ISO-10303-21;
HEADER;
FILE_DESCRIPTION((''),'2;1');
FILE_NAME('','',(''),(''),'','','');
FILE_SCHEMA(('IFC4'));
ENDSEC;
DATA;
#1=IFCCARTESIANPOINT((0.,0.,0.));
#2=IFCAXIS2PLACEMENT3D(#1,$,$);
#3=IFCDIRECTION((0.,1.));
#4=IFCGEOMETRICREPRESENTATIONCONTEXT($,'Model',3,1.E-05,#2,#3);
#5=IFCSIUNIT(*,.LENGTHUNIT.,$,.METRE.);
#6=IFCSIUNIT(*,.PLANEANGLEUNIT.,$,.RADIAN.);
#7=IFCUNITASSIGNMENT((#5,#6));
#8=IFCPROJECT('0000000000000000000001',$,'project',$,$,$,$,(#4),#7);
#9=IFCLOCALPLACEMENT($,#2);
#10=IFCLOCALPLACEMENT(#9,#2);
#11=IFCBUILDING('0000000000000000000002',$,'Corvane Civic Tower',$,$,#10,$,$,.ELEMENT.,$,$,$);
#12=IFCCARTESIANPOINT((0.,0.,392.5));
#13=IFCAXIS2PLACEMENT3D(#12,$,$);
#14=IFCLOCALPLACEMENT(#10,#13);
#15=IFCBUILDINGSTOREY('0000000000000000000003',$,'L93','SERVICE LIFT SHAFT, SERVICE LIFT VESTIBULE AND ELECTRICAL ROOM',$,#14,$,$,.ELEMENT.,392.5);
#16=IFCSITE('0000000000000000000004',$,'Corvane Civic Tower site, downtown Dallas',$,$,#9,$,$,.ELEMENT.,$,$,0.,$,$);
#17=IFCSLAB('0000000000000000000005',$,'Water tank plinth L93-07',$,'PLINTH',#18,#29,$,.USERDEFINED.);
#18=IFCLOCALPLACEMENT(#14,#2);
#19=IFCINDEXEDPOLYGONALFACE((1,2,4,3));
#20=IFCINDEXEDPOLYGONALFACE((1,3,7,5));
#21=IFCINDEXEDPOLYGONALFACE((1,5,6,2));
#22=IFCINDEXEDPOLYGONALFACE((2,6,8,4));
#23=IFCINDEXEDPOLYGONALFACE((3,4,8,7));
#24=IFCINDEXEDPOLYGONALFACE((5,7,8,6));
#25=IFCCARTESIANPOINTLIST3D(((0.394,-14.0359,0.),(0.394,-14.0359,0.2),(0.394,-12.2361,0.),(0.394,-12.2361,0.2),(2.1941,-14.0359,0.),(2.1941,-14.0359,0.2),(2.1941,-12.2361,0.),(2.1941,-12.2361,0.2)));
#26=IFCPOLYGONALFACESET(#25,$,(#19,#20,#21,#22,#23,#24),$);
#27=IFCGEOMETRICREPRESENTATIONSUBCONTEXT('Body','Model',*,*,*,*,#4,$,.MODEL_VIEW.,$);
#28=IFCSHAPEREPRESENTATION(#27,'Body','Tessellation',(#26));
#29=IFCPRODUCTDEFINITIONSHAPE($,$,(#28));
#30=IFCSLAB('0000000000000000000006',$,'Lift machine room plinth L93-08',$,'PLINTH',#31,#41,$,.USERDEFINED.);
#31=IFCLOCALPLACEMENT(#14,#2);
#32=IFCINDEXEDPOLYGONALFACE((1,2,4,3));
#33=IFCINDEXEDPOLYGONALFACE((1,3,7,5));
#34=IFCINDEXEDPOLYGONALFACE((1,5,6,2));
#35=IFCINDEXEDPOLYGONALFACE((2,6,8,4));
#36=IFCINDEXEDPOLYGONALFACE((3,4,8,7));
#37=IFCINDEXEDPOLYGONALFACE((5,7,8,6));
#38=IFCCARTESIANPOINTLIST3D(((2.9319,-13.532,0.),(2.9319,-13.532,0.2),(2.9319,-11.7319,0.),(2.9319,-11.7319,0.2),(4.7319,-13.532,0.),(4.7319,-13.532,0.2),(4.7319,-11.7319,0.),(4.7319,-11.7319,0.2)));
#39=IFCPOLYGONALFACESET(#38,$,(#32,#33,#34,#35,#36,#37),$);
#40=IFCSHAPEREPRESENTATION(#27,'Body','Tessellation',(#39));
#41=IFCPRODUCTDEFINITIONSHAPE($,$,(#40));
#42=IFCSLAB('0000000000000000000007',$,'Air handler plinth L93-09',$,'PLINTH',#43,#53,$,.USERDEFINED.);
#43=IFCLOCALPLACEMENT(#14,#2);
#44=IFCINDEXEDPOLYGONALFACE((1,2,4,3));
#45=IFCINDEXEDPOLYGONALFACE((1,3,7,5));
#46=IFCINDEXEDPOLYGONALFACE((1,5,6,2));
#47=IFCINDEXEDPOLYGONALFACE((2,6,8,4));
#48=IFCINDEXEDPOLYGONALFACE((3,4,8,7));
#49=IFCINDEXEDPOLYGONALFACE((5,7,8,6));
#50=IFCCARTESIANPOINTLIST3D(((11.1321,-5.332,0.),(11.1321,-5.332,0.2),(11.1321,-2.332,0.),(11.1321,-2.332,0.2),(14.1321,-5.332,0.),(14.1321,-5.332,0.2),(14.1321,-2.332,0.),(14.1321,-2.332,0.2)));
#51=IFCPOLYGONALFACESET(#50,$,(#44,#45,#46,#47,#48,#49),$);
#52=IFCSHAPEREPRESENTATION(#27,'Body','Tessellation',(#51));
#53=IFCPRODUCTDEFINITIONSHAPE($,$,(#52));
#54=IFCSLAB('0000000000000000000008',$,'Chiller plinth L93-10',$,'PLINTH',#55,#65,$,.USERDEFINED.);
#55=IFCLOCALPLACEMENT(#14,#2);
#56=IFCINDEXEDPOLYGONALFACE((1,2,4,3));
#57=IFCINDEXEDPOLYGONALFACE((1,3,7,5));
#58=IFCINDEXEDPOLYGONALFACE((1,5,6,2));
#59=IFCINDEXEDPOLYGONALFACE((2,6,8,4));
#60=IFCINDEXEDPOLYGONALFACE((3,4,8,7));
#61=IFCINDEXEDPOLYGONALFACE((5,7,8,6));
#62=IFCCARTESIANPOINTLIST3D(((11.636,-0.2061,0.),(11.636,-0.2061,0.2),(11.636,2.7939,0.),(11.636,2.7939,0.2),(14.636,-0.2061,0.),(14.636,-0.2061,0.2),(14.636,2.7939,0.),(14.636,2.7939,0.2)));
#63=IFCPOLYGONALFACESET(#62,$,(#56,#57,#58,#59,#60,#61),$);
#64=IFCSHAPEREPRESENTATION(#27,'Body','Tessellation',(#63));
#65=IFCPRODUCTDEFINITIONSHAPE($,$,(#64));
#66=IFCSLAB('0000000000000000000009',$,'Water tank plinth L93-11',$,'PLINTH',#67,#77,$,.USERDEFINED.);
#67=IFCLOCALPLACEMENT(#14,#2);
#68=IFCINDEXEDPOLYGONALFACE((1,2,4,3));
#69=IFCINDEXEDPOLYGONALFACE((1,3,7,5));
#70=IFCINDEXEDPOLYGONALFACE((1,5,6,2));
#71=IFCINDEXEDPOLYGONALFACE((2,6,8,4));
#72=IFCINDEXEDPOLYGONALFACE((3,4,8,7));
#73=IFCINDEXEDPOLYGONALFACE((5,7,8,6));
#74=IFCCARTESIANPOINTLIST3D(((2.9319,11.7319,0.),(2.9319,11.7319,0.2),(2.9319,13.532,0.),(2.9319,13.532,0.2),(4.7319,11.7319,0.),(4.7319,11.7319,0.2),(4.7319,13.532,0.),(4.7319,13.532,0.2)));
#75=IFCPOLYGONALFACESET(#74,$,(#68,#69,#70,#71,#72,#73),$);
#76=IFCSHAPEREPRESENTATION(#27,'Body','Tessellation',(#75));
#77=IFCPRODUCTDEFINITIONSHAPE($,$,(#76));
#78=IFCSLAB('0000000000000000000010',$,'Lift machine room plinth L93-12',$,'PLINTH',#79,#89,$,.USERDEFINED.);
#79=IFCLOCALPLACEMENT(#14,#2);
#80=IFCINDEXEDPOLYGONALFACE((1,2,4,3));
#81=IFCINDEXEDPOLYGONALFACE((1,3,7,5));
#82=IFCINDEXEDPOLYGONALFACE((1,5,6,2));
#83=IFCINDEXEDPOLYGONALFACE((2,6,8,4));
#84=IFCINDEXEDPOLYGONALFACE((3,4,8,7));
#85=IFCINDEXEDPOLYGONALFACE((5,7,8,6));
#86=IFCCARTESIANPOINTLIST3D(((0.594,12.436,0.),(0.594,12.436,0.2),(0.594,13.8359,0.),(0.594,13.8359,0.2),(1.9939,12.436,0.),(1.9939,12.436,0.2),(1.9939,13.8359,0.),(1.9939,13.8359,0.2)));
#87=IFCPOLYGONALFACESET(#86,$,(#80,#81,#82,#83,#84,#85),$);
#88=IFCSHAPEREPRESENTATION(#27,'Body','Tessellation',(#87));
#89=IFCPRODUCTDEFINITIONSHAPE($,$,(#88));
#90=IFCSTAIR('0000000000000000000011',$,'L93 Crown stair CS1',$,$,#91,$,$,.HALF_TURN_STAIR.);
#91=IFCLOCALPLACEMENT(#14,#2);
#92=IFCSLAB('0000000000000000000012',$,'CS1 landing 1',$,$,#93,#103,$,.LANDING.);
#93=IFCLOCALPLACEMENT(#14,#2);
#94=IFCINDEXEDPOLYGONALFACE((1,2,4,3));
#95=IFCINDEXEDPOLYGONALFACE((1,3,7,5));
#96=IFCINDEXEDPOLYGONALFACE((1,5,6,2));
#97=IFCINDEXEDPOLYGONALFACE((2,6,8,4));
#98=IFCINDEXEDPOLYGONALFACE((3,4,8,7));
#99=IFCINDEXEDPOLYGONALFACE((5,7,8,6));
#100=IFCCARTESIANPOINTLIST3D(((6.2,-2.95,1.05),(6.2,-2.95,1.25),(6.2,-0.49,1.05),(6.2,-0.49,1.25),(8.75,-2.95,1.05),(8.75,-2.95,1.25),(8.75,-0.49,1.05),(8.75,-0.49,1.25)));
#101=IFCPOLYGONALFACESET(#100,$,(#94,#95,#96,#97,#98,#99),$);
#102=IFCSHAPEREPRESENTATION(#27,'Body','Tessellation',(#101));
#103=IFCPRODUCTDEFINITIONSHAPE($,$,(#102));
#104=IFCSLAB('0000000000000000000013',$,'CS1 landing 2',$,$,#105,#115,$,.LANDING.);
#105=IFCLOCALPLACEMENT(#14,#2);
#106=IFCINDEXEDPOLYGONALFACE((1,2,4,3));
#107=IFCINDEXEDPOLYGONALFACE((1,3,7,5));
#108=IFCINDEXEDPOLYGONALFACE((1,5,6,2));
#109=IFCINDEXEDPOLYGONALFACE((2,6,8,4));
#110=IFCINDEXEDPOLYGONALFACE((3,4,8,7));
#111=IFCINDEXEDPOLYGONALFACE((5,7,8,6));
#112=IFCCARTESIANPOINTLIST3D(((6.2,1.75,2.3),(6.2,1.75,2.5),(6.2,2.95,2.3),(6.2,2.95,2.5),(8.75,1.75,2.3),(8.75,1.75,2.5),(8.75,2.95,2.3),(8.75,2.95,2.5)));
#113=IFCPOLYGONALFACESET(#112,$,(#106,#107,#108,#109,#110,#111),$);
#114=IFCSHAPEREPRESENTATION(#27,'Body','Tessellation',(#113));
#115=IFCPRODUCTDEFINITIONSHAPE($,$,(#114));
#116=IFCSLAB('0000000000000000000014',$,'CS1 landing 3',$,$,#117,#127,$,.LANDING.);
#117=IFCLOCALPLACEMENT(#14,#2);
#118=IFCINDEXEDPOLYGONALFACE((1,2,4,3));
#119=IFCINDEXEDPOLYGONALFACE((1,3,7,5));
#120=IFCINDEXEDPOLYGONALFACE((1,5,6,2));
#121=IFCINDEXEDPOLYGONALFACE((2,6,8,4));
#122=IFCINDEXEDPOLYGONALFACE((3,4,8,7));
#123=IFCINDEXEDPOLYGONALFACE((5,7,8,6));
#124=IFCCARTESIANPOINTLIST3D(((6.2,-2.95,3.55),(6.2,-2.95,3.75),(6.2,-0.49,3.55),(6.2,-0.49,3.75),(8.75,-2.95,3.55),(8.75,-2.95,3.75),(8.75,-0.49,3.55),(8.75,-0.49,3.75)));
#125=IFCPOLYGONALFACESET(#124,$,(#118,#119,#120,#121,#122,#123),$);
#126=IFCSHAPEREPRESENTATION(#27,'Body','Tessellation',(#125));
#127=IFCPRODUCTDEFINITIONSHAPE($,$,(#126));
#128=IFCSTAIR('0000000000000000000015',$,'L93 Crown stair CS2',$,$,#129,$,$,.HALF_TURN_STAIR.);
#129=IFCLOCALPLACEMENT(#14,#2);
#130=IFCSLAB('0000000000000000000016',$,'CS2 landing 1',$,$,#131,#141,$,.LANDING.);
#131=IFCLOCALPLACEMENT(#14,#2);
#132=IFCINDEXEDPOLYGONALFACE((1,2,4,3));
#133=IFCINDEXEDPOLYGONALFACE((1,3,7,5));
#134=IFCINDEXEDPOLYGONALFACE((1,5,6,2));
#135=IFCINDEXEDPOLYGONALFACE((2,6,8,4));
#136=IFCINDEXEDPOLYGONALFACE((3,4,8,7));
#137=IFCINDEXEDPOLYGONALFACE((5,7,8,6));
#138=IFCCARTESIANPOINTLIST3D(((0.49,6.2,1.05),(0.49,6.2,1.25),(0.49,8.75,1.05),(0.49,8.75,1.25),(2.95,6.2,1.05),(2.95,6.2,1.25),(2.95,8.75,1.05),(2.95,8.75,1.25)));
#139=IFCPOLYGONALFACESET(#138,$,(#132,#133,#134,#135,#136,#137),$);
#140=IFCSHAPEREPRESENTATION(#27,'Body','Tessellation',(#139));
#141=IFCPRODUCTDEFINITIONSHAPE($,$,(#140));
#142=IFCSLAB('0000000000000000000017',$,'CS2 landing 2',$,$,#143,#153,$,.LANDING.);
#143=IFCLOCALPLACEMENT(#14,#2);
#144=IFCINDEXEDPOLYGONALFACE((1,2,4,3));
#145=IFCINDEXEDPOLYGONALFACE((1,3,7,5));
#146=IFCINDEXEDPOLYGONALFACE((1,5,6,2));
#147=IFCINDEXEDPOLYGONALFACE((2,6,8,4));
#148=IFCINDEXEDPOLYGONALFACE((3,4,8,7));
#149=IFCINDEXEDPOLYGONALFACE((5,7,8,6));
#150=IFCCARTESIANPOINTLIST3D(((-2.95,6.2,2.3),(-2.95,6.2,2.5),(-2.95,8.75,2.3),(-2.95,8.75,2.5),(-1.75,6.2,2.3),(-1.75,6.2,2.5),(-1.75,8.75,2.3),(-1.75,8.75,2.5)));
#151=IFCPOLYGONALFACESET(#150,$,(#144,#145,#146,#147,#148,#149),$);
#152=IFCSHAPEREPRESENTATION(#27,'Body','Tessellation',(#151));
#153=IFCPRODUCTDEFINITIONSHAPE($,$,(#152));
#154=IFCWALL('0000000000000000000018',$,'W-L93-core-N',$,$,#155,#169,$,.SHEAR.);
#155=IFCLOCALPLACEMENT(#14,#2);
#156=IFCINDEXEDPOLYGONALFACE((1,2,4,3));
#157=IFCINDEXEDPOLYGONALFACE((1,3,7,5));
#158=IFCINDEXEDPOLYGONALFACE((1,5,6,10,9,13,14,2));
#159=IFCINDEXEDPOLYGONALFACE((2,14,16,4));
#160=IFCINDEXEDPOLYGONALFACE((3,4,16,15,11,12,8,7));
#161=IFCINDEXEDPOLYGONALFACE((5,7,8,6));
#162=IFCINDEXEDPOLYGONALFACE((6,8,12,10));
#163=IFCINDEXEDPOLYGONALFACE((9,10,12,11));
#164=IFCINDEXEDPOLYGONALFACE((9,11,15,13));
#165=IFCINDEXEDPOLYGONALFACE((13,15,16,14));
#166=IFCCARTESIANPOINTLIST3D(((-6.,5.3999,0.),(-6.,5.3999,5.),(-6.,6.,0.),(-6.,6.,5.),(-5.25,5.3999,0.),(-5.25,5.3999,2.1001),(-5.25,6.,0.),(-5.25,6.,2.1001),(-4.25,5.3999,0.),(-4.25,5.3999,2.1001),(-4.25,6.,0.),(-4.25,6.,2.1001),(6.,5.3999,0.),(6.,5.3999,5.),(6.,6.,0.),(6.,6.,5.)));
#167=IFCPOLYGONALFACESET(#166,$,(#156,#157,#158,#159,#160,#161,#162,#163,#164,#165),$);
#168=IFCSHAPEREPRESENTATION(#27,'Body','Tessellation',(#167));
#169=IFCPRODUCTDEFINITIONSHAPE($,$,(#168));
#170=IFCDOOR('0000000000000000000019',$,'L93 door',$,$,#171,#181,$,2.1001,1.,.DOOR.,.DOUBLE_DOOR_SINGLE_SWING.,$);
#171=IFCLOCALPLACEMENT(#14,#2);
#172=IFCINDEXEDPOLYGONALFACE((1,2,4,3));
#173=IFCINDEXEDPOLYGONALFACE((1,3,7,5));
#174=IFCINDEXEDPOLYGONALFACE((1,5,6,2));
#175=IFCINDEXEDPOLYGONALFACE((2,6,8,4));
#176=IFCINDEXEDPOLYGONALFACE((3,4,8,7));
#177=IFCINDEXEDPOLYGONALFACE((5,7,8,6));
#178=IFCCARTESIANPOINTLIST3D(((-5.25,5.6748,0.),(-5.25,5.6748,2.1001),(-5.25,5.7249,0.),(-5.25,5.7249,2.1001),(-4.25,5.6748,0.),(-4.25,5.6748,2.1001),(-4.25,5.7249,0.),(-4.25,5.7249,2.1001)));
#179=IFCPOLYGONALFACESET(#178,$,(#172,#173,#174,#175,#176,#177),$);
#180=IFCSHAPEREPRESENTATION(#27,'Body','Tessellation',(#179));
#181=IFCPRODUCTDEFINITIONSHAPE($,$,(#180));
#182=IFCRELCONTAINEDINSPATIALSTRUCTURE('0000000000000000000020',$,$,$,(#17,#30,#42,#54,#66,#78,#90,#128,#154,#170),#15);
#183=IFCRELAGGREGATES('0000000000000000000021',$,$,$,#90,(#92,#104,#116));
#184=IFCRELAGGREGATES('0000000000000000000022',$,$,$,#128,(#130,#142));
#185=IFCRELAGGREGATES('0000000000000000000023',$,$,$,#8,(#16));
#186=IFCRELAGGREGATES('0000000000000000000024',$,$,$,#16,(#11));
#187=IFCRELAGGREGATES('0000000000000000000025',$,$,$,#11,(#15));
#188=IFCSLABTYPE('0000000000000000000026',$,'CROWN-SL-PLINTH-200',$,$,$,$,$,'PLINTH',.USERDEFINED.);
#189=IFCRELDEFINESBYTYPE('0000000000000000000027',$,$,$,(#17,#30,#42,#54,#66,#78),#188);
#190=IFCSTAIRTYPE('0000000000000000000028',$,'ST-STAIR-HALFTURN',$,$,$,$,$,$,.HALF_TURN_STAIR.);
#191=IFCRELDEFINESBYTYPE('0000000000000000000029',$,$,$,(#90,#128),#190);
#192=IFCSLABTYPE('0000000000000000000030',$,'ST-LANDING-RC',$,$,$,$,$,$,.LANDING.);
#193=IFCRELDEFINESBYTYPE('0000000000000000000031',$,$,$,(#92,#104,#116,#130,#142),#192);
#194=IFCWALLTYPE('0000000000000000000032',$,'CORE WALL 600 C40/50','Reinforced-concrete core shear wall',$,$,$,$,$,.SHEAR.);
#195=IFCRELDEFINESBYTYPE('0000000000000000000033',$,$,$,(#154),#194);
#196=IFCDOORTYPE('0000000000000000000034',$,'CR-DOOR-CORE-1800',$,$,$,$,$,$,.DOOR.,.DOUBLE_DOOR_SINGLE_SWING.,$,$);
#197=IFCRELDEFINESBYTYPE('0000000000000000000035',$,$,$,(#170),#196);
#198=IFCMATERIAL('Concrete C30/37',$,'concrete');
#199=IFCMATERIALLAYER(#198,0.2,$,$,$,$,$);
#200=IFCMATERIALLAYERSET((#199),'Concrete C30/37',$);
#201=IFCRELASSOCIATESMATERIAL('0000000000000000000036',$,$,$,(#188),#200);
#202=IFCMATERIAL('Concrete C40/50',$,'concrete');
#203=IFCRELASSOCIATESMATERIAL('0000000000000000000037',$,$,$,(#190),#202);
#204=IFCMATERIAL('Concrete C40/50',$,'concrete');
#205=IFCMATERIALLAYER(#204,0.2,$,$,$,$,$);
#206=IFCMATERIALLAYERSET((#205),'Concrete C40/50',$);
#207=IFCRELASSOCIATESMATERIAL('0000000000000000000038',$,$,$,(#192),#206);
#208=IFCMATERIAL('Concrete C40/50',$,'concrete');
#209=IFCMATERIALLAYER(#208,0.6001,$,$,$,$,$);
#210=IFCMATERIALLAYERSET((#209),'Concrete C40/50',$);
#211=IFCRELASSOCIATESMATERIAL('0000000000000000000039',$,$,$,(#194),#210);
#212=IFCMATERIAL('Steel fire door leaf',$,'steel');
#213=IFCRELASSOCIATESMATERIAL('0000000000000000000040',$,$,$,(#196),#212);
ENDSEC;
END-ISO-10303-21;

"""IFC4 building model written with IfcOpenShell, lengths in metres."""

from ifc_helpers import new_model, si_unit, direction, frame, frame_2d, origin, place, context, subcontext, project, spatial, polyline, rectangle, outline, extrude, material, layer, layer_set, type_object, element, fill, aggregate, save


model = new_model("IFC4")

# Units and contexts
model_context = context("Model", 3, precision=1e-05, world=origin(), true_north=direction((0.0, 1.0)))
body_context = subcontext(model_context, "Body", "Model", "MODEL_VIEW")
ifc_project = project(units=[si_unit("LENGTHUNIT", "METRE"), si_unit("PLANEANGLEUNIT", "RADIAN")], contexts=[model_context])

# Site, building, storey
site_placement = place(None, origin())
site = spatial("IfcSite", under=ifc_project, at=site_placement, Name="Corvane Civic Tower site, downtown Dallas", CompositionType="ELEMENT", RefElevation=0.0)
building_placement = place(site_placement, origin())
building = spatial("IfcBuilding", under=site, at=building_placement, Name="Corvane Civic Tower", CompositionType="ELEMENT")
storey_placement = place(building_placement, frame((0.0, 0.0, 392.5)))
storey = spatial("IfcBuildingStorey", under=building, at=storey_placement, Name="L93", Description="SERVICE LIFT SHAFT, SERVICE LIFT VESTIBULE AND ELECTRICAL ROOM", CompositionType="ELEMENT", Elevation=392.5)

# Slabs
ifc_material_1 = material(Name="Concrete C30/37", Category="concrete")
ifc_layer_1 = layer(ifc_material_1, 0.2)
ifc_layer_set_1 = layer_set([ifc_layer_1], Name="Concrete C30/37")
slab_type_1 = type_object("IfcSlabType", Name="CROWN-SL-PLINTH-200", ElementType="PLINTH", PredefinedType="USERDEFINED", material=ifc_layer_set_1)
slab_1_placement = place(storey_placement, origin())
element("IfcSlab", 1, at=slab_1_placement, inside=storey, type_object=slab_type_1, Name="Water tank plinth L93-07", ObjectType="PLINTH", PredefinedType="USERDEFINED", context=body_context, shape_type="SweptSolid", body=[
    extrude(outline(polyline([(2.1941, -14.0359), (2.1941, -12.2361), (0.394, -12.2361), (0.394, -14.0359), (2.1941, -14.0359)])), origin(), (0.0, 0.0, 1.0), 0.2),
])
slab_2_placement = place(storey_placement, origin())
element("IfcSlab", 2, at=slab_2_placement, inside=storey, type_object=slab_type_1, Name="Lift machine room plinth L93-08", ObjectType="PLINTH", PredefinedType="USERDEFINED", context=body_context, shape_type="SweptSolid", body=[
    extrude(outline(polyline([(4.7319, -13.532), (4.7319, -11.7319), (2.9319, -11.7319), (2.9319, -13.532), (4.7319, -13.532)])), origin(), (0.0, 0.0, 1.0), 0.2),
])
slab_3_placement = place(storey_placement, origin())
element("IfcSlab", 3, at=slab_3_placement, inside=storey, type_object=slab_type_1, Name="Air handler plinth L93-09", ObjectType="PLINTH", PredefinedType="USERDEFINED", context=body_context, shape_type="SweptSolid", body=[
    extrude(outline(polyline([(14.1321, -5.332), (14.1321, -2.332), (11.1321, -2.332), (11.1321, -5.332), (14.1321, -5.332)])), origin(), (0.0, 0.0, 1.0), 0.2),
])
slab_4_placement = place(storey_placement, origin())
element("IfcSlab", 4, at=slab_4_placement, inside=storey, type_object=slab_type_1, Name="Chiller plinth L93-10", ObjectType="PLINTH", PredefinedType="USERDEFINED", context=body_context, shape_type="SweptSolid", body=[
    extrude(outline(polyline([(14.636, -0.2061), (14.636, 2.7939), (11.636, 2.7939), (11.636, -0.2061), (14.636, -0.2061)])), origin(), (0.0, 0.0, 1.0), 0.2),
])
slab_5_placement = place(storey_placement, origin())
element("IfcSlab", 5, at=slab_5_placement, inside=storey, type_object=slab_type_1, Name="Water tank plinth L93-11", ObjectType="PLINTH", PredefinedType="USERDEFINED", context=body_context, shape_type="SweptSolid", body=[
    extrude(outline(polyline([(4.7319, 11.7319), (4.7319, 13.532), (2.9319, 13.532), (2.9319, 11.7319), (4.7319, 11.7319)])), origin(), (0.0, 0.0, 1.0), 0.2),
])
slab_6_placement = place(storey_placement, origin())
element("IfcSlab", 6, at=slab_6_placement, inside=storey, type_object=slab_type_1, Name="Lift machine room plinth L93-12", ObjectType="PLINTH", PredefinedType="USERDEFINED", context=body_context, shape_type="SweptSolid", body=[
    extrude(outline(polyline([(1.9939, 12.436), (1.9939, 13.8359), (0.594, 13.8359), (0.594, 12.436), (1.9939, 12.436)])), origin(), (0.0, 0.0, 1.0), 0.2),
])

# Stairs, slabs
ifc_material_2 = material(Name="Concrete C40/50", Category="concrete")
stair_type = type_object("IfcStairType", Name="ST-STAIR-HALFTURN", PredefinedType="HALF_TURN_STAIR", material=ifc_material_2)
stair_1_placement = place(storey_placement, origin())
stair_1 = element("IfcStair", 7, at=stair_1_placement, inside=storey, type_object=stair_type, Name="L93 Crown stair CS1", PredefinedType="HALF_TURN_STAIR")
ifc_material_3 = material(Name="Concrete C40/50", Category="concrete")
ifc_layer_2 = layer(ifc_material_3, 0.2)
ifc_layer_set_2 = layer_set([ifc_layer_2], Name="Concrete C40/50")
slab_type_2 = type_object("IfcSlabType", Name="ST-LANDING-RC", PredefinedType="LANDING", material=ifc_layer_set_2)
slab_7_placement = place(storey_placement, frame((0.0, 0.0, 1.05)))
slab_7 = element("IfcSlab", 8, at=slab_7_placement, type_object=slab_type_2, Name="CS1 landing 1", PredefinedType="LANDING", context=body_context, shape_type="SweptSolid", body=[
    extrude(outline(polyline([(6.2, -0.49), (6.2, -2.95), (8.75, -2.95), (8.75, -0.49), (6.2, -0.49)])), origin(), (0.0, 0.0, 1.0), 0.2),
])
slab_8_placement = place(storey_placement, frame((0.0, 0.0, 2.3)))
slab_8 = element("IfcSlab", 9, at=slab_8_placement, type_object=slab_type_2, Name="CS1 landing 2", PredefinedType="LANDING", context=body_context, shape_type="SweptSolid", body=[
    extrude(outline(polyline([(6.2, 2.95), (6.2, 1.75), (8.75, 1.75), (8.75, 2.95), (6.2, 2.95)])), origin(), (0.0, 0.0, 1.0), 0.2),
])
slab_9_placement = place(storey_placement, frame((0.0, 0.0, 3.55)))
slab_9 = element("IfcSlab", 10, at=slab_9_placement, type_object=slab_type_2, Name="CS1 landing 3", PredefinedType="LANDING", context=body_context, shape_type="SweptSolid", body=[
    extrude(outline(polyline([(6.2, -0.49), (6.2, -2.95), (8.75, -2.95), (8.75, -0.49), (6.2, -0.49)])), origin(), (0.0, 0.0, 1.0), 0.2),
])
aggregate(stair_1, [slab_7, slab_8, slab_9])
stair_2_placement = place(storey_placement, origin())
stair_2 = element("IfcStair", 11, at=stair_2_placement, inside=storey, type_object=stair_type, Name="L93 Crown stair CS2", PredefinedType="HALF_TURN_STAIR")
slab_10_placement = place(storey_placement, frame((0.0, 0.0, 1.05)))
slab_10 = element("IfcSlab", 12, at=slab_10_placement, type_object=slab_type_2, Name="CS2 landing 1", PredefinedType="LANDING", context=body_context, shape_type="SweptSolid", body=[
    extrude(outline(polyline([(0.49, 6.2), (2.95, 6.2), (2.95, 8.75), (0.49, 8.75), (0.49, 6.2)])), origin(), (0.0, 0.0, 1.0), 0.2),
])
slab_11_placement = place(storey_placement, frame((0.0, 0.0, 2.3)))
slab_11 = element("IfcSlab", 13, at=slab_11_placement, type_object=slab_type_2, Name="CS2 landing 2", PredefinedType="LANDING", context=body_context, shape_type="SweptSolid", body=[
    extrude(outline(polyline([(-2.95, 6.2), (-1.75, 6.2), (-1.75, 8.75), (-2.95, 8.75), (-2.95, 6.2)])), origin(), (0.0, 0.0, 1.0), 0.2),
])
aggregate(stair_2, [slab_10, slab_11])

# Wall, opening, door
ifc_material_4 = material(Name="Concrete C40/50", Category="concrete")
ifc_layer_3 = layer(ifc_material_4, 0.6001)
ifc_layer_set_3 = layer_set([ifc_layer_3], Name="Concrete C40/50")
wall_type_1 = type_object("IfcWallType", Name="CORE WALL 600 C40/50", Description="Reinforced-concrete core shear wall", PredefinedType="SHEAR", material=ifc_layer_set_3)
wall_1_placement = place(storey_placement, frame((-6.0, 5.7, 0.0), z_axis=(0.0, 0.0, 1.0), x_axis=(1.0, 0.0, 0.0)))
wall_1 = element("IfcWall", 14, at=wall_1_placement, inside=storey, type_object=wall_type_1, Name="W-L93-core-N", PredefinedType="SHEAR", context=body_context, shape_type="SweptSolid", body=[
    extrude(rectangle(XDim=12.0, YDim=0.6001, at=frame_2d((6.0, 0.0))), origin(), (0.0, 0.0, 1.0), 5.0),
])
opening_1_placement = place(wall_1_placement, frame((0.75, 0.0, 0.0)))
opening_1 = element("IfcOpeningElement", 15, at=opening_1_placement, cuts=wall_1, PredefinedType="OPENING", context=body_context, shape_type="SweptSolid", body=[
    extrude(rectangle(XDim=1.0, YDim=2.1001, at=frame_2d((0.5, 1.05))), frame((0.0, 0.3101, 0.0), z_axis=(0.0, -1.0, 0.0), x_axis=(1.0, 0.0, 0.0)), (0.0, 0.0, 1.0), 0.6201),
])
ifc_material_5 = material(Name="Steel fire door leaf", Category="steel")
door_type_1 = type_object("IfcDoorType", Name="CR-DOOR-CORE-1800", OperationType="DOUBLE_DOOR_SINGLE_SWING", PredefinedType="DOOR", material=ifc_material_5)
door_1_placement = place(opening_1_placement, origin())
door_1 = element("IfcDoor", 16, at=door_1_placement, inside=storey, type_object=door_type_1, Name="L93 door", OperationType="DOUBLE_DOOR_SINGLE_SWING", OverallHeight=2.1001, OverallWidth=1.0, PredefinedType="DOOR", context=body_context, shape_type="SweptSolid", body=[
    extrude(rectangle(XDim=1.0, YDim=2.1001, at=frame_2d((0.5, 1.05))), frame((0.0, 0.0249, 0.0), z_axis=(0.0, -1.0, 0.0), x_axis=(1.0, 0.0, 0.0)), (0.0, 0.0, 1.0), 0.05),
])
fill(opening_1, door_1)

save(model, "model.ifc")
